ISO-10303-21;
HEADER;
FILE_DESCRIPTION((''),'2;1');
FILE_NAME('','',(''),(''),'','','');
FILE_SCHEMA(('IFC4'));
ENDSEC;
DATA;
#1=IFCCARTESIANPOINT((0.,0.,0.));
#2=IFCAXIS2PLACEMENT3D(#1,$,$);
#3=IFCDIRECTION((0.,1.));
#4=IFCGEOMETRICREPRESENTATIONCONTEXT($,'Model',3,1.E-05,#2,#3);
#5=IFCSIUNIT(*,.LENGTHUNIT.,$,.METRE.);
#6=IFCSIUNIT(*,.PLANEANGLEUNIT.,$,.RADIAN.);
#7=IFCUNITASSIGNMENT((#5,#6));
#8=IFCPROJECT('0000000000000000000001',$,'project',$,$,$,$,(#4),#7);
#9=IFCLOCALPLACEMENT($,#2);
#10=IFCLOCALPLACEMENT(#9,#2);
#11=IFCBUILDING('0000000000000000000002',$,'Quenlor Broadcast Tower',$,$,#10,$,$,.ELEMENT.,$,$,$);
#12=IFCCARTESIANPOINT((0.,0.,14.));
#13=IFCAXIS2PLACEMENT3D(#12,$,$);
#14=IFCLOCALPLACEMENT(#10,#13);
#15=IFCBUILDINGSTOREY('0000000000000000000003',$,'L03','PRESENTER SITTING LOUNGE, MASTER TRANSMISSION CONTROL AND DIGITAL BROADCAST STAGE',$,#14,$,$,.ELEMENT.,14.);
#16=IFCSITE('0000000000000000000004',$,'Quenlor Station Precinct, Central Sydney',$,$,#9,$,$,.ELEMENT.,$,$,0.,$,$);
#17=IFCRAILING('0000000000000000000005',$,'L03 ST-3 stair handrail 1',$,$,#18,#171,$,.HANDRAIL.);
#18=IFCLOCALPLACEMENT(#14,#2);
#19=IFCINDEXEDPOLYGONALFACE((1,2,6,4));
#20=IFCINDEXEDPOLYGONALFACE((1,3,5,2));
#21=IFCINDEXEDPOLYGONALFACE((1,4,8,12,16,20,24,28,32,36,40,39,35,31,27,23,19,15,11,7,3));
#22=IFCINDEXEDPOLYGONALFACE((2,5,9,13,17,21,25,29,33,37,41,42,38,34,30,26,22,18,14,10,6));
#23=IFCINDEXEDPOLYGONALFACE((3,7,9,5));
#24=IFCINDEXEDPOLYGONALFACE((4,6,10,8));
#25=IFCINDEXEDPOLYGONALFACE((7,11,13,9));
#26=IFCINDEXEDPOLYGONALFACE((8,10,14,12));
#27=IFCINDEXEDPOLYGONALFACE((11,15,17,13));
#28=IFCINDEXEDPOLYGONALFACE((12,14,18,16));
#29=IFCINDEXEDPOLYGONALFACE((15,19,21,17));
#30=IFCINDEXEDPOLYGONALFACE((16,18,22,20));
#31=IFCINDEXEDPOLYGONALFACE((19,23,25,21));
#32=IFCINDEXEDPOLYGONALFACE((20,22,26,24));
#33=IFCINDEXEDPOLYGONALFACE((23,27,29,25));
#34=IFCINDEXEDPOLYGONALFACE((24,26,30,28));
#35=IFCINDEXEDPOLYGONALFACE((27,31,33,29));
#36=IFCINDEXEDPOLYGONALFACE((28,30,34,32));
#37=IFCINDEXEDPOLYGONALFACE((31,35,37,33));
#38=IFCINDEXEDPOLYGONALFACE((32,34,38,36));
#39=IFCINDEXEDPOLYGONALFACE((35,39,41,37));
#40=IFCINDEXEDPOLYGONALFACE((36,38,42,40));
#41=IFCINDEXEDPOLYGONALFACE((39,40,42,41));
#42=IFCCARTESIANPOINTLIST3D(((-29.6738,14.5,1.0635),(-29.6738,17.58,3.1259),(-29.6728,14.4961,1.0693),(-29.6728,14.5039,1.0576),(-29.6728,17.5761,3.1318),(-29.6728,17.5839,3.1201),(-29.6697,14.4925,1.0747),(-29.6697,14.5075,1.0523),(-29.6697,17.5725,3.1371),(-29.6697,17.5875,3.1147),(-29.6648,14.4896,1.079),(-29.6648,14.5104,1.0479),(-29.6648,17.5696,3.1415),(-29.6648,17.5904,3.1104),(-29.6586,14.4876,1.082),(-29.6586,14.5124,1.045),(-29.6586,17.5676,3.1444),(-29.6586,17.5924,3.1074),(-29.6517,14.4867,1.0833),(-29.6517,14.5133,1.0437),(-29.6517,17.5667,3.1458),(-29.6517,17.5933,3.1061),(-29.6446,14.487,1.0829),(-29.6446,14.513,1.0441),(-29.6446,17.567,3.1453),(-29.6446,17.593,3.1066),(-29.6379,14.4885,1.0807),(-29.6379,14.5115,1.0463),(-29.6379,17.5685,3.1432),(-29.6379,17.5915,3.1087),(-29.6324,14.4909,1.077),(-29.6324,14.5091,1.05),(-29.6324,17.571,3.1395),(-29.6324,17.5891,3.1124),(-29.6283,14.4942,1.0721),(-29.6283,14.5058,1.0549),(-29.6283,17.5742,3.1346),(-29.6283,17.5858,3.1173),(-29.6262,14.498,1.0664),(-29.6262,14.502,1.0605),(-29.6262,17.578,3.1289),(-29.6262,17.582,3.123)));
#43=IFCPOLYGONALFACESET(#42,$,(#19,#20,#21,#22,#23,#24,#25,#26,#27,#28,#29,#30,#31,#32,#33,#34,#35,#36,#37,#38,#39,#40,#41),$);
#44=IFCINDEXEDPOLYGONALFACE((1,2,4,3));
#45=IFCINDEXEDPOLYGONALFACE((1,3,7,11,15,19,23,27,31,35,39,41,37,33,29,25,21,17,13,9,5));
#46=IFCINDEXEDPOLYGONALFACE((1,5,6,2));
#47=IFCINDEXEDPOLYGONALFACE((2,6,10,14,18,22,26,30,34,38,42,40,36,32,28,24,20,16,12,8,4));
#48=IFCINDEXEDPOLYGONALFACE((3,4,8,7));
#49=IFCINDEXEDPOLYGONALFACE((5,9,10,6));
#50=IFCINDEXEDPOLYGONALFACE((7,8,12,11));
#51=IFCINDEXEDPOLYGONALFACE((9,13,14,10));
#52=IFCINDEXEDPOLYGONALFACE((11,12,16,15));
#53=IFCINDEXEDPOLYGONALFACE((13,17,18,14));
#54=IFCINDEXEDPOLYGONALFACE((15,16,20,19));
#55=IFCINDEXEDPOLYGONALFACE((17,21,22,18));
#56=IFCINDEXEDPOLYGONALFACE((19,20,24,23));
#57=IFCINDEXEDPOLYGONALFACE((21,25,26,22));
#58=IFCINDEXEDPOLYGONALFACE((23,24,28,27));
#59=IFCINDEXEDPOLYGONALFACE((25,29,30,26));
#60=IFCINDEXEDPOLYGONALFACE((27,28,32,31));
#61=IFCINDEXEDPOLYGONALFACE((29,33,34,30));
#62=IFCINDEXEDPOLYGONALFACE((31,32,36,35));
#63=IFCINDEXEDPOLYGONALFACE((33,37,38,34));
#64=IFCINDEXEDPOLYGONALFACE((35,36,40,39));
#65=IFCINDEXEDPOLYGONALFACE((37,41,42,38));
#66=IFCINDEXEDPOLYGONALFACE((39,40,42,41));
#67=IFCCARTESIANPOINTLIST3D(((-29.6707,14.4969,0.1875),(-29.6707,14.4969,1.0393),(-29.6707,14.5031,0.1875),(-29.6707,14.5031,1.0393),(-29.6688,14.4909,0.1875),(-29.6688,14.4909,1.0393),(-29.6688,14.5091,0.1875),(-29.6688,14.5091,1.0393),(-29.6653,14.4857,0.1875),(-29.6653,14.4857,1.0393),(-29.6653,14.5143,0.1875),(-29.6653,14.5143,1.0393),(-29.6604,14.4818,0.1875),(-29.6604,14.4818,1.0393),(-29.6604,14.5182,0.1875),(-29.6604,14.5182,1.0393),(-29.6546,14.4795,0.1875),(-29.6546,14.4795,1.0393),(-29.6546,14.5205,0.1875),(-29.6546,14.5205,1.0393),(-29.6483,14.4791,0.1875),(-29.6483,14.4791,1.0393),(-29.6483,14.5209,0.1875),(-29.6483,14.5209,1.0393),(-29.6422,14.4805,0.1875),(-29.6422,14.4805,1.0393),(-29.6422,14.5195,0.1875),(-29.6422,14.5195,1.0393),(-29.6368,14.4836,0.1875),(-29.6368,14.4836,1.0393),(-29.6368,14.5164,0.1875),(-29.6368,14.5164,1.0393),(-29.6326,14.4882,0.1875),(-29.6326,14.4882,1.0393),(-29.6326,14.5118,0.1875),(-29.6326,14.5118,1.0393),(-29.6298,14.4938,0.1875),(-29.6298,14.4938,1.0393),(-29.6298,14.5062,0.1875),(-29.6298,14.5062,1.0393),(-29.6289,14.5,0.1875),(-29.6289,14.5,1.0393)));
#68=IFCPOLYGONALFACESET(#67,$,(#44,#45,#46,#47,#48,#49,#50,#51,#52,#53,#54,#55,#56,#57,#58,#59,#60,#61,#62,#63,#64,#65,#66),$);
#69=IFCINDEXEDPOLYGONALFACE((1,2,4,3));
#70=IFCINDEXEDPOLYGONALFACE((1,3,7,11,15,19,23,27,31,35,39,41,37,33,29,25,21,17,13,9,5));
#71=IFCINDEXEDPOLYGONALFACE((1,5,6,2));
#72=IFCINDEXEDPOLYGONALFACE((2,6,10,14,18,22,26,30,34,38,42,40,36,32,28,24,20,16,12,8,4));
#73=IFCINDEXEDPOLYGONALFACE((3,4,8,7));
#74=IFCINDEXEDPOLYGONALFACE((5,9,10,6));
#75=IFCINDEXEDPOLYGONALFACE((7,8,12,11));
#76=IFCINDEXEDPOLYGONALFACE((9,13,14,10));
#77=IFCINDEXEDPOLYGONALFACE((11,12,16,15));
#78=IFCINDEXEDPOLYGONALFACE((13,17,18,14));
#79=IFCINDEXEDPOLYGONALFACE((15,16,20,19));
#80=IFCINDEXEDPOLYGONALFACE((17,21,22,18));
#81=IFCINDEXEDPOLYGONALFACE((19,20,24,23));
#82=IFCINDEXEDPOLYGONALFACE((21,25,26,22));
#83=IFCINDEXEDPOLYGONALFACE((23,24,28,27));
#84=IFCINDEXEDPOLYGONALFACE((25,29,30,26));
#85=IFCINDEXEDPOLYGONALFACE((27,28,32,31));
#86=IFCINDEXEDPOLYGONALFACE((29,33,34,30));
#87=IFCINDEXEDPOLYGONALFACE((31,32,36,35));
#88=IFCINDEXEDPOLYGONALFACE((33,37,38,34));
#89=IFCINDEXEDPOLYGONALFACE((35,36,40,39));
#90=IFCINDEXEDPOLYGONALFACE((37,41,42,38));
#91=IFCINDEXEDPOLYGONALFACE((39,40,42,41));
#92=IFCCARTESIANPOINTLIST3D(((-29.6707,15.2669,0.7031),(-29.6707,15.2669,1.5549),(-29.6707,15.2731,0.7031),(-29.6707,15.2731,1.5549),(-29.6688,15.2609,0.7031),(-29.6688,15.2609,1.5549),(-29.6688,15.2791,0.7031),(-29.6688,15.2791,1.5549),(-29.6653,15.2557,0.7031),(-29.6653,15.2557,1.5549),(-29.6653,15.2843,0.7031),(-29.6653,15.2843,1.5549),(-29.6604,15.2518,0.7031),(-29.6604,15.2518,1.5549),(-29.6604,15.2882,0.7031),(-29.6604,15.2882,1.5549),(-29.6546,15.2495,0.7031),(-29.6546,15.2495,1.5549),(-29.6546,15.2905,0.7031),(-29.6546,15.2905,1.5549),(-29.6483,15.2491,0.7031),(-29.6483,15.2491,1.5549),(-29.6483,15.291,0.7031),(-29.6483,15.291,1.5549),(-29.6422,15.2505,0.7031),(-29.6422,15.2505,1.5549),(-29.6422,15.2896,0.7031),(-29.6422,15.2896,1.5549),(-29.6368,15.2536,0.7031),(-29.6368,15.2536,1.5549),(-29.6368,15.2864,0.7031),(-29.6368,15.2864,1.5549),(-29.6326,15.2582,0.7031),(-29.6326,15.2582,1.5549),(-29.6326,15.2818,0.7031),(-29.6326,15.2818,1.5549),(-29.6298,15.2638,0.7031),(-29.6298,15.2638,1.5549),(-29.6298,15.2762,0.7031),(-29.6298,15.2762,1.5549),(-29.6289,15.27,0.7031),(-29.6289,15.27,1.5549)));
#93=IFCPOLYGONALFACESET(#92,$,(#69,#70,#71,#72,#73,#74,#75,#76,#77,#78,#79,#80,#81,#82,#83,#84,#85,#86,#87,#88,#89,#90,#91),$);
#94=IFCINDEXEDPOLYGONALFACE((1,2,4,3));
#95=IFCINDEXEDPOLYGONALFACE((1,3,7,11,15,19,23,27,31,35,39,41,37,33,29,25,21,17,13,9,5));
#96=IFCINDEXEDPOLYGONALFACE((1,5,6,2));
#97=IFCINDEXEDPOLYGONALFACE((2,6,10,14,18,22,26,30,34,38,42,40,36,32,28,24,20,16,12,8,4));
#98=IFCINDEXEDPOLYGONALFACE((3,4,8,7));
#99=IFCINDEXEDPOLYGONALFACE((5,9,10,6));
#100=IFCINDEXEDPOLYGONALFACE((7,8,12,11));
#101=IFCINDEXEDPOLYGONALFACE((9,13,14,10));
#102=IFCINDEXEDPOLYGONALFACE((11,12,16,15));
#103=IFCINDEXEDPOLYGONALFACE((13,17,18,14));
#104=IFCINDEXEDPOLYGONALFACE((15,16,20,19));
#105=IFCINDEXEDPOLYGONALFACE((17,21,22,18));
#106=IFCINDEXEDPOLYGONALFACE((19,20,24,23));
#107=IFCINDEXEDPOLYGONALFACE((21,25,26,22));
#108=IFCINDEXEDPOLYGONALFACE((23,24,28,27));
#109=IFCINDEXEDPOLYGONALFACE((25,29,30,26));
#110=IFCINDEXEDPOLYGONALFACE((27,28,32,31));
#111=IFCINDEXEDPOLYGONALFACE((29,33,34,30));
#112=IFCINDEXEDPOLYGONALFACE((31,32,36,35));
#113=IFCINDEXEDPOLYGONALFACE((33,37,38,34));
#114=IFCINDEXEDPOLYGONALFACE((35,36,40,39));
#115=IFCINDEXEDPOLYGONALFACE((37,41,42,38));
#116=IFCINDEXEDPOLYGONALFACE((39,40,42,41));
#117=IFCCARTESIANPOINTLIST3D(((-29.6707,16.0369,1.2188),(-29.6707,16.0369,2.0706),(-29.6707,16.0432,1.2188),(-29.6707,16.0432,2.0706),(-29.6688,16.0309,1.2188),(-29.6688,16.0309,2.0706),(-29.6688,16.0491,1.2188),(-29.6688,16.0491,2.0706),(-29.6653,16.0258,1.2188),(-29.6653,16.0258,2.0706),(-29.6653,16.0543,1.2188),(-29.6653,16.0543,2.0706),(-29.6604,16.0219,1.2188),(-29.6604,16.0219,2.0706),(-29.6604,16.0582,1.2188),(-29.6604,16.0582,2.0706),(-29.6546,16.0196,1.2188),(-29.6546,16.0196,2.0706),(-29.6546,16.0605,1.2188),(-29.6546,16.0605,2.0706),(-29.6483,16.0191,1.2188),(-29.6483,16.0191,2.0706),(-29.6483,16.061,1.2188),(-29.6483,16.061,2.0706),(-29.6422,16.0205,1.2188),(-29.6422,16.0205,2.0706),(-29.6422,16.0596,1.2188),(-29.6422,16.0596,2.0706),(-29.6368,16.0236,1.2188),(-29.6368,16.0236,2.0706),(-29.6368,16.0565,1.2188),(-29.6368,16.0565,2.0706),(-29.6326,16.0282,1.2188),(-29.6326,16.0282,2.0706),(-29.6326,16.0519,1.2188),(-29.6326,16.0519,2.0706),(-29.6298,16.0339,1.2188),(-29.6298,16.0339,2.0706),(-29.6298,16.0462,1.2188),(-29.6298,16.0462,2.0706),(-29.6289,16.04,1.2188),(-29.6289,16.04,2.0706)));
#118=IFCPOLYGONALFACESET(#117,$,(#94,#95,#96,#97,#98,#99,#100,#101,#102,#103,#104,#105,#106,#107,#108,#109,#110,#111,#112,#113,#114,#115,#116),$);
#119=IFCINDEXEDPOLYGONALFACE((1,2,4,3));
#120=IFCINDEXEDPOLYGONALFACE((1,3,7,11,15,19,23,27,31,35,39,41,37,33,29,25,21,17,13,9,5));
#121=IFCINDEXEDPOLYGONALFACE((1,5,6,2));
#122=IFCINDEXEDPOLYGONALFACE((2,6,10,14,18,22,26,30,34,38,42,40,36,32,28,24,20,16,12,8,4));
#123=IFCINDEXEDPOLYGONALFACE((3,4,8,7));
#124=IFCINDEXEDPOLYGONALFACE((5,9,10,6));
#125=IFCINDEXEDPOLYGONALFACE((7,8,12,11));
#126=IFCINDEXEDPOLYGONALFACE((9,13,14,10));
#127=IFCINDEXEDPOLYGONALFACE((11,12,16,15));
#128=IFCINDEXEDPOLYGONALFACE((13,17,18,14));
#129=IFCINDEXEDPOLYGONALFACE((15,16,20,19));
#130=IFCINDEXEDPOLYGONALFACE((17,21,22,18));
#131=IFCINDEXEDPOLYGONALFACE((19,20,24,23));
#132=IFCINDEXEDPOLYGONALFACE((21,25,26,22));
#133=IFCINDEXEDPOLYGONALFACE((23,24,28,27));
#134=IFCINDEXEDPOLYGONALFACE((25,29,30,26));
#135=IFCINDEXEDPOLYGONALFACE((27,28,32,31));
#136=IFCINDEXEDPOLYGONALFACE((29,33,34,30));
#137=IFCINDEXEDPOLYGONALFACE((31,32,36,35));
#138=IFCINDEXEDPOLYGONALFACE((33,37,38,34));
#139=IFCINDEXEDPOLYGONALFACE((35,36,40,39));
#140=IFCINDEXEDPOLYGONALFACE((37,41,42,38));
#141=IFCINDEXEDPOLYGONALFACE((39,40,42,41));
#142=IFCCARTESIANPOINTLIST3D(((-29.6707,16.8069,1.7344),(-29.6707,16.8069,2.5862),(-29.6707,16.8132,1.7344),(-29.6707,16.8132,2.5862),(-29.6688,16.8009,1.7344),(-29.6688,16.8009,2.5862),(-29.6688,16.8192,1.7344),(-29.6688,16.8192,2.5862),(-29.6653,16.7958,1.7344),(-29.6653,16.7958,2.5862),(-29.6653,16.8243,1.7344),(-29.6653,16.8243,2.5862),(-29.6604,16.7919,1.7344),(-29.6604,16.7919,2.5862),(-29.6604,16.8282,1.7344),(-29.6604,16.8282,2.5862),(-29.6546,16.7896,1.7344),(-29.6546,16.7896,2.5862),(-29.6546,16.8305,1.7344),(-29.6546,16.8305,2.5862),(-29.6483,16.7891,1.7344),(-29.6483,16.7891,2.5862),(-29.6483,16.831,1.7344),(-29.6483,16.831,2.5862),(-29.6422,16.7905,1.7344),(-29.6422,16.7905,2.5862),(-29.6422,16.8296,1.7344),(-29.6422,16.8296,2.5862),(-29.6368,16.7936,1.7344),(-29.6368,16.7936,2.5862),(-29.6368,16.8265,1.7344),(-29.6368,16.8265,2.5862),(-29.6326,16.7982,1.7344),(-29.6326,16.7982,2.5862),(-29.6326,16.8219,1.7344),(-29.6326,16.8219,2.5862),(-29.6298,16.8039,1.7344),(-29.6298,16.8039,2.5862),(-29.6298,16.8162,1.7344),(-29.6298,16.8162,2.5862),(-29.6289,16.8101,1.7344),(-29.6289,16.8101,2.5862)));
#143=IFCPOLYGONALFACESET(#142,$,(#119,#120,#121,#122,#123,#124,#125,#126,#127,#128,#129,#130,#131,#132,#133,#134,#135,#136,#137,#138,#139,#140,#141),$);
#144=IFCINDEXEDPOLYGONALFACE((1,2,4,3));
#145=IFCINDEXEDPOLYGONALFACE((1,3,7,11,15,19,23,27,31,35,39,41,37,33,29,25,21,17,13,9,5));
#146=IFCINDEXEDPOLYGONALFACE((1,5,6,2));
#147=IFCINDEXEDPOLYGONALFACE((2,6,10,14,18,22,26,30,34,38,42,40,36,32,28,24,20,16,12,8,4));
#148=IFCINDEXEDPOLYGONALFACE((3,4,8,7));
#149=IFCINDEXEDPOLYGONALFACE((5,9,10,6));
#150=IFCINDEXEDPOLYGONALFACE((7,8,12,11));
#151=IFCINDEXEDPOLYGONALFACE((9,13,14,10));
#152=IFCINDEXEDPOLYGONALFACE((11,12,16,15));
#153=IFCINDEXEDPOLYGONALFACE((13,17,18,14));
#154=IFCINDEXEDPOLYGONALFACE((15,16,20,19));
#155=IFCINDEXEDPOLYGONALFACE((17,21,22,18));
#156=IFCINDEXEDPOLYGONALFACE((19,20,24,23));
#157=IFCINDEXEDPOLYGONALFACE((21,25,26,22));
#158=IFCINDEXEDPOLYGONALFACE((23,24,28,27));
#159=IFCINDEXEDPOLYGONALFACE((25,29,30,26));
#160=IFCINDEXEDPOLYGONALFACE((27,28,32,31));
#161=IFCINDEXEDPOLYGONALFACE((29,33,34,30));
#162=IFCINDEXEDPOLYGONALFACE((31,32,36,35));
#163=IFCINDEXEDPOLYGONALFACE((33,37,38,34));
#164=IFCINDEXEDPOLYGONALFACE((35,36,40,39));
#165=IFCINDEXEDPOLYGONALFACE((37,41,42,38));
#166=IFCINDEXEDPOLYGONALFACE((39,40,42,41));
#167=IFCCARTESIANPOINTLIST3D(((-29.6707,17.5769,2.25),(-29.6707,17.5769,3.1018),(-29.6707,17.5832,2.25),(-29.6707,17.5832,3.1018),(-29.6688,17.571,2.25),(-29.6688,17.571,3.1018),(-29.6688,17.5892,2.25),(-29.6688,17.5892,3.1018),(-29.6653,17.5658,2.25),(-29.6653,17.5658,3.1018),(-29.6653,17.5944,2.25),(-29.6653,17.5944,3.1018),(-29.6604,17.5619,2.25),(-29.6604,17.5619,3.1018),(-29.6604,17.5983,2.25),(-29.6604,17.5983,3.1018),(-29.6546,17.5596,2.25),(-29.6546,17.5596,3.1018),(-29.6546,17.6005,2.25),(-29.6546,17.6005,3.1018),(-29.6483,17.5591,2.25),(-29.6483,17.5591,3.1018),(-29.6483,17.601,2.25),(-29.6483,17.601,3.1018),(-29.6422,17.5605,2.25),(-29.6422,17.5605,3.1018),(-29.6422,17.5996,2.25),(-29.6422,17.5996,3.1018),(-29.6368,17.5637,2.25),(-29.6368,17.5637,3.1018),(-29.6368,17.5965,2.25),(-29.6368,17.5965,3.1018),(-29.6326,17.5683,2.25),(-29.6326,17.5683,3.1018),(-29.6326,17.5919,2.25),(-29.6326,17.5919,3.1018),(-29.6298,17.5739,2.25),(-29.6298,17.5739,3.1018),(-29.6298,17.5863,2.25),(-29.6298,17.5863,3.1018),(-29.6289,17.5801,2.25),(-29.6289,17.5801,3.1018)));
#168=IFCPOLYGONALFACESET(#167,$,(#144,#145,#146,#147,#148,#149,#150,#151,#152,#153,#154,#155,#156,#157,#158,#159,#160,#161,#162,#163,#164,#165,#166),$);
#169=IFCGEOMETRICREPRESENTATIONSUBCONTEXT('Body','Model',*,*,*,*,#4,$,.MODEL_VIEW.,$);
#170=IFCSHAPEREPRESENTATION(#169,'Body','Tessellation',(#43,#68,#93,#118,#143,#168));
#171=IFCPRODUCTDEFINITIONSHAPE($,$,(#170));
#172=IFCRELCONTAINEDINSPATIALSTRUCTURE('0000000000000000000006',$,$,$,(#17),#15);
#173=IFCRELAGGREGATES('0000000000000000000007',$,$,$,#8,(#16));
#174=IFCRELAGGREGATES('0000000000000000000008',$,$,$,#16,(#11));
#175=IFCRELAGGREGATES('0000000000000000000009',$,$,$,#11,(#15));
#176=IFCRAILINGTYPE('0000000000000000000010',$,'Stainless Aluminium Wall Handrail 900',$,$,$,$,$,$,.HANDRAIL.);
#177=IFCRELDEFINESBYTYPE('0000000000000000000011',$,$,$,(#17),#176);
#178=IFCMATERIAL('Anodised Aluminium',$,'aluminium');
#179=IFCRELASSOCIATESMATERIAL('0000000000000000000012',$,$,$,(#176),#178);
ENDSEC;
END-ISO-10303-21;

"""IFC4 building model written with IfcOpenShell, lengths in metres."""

from ifc_helpers import new_model, si_unit, direction, frame, origin, origin_2d, place, context, subcontext, project, spatial, circle, extrude, material, type_object, element, save


model = new_model("IFC4")

# Units and contexts
model_context = context("Model", 3, precision=1e-05, world=origin(), true_north=direction((0.0, 1.0)))
body_context = subcontext(model_context, "Body", "Model", "MODEL_VIEW")
ifc_project = project(units=[si_unit("LENGTHUNIT", "METRE"), si_unit("PLANEANGLEUNIT", "RADIAN")], contexts=[model_context])

# Site, building, storey
site_placement = place(None, origin())
site = spatial("IfcSite", under=ifc_project, at=site_placement, Name="Quenlor Station Precinct, Central Sydney", CompositionType="ELEMENT", RefElevation=0.0)
building_placement = place(site_placement, origin())
building = spatial("IfcBuilding", under=site, at=building_placement, Name="Quenlor Broadcast Tower", CompositionType="ELEMENT")
storey_placement = place(building_placement, frame((0.0, 0.0, 14.0)))
storey = spatial("IfcBuildingStorey", under=building, at=storey_placement, Name="L03", Description="PRESENTER SITTING LOUNGE, MASTER TRANSMISSION CONTROL AND DIGITAL BROADCAST STAGE", CompositionType="ELEMENT", Elevation=14.0)

# Railing
ifc_material_1 = material(Name="Anodised Aluminium", Category="aluminium")
railing_type_1 = type_object("IfcRailingType", Name="Stainless Aluminium Wall Handrail 900", PredefinedType="HANDRAIL", material=ifc_material_1)
railing_1_placement = place(storey_placement, frame((-29.6499, 14.5, 0.1875)))
element("IfcRailing", 1, at=railing_1_placement, inside=storey, type_object=railing_type_1, Name="L03 ST-3 stair handrail 1", PredefinedType="HANDRAIL", context=body_context, shape_type="SweptSolid", body=[
    extrude(circle(Radius=0.0239, at=origin_2d()), frame((0.0, 0.0, 0.876), z_axis=(0.0, 0.830914, 0.556401), x_axis=(-1.0, 0.0, 0.0)), (0.0, 0.0, 1.0), 3.7068),
    extrude(circle(Radius=0.021, at=origin_2d()), origin(), (0.0, 0.0, 1.0), 0.8518),
    extrude(circle(Radius=0.021, at=origin_2d()), frame((0.0, 0.77, 0.5156)), (0.0, 0.0, 1.0), 0.8518),
    extrude(circle(Radius=0.021, at=origin_2d()), frame((0.0, 1.54, 1.0312)), (0.0, 0.0, 1.0), 0.8518),
    extrude(circle(Radius=0.021, at=origin_2d()), frame((0.0, 2.3101, 1.5469)), (0.0, 0.0, 1.0), 0.8518),
    extrude(circle(Radius=0.021, at=origin_2d()), frame((0.0, 3.0801, 2.0625)), (0.0, 0.0, 1.0), 0.8518),
])

save(model, "model.ifc")
